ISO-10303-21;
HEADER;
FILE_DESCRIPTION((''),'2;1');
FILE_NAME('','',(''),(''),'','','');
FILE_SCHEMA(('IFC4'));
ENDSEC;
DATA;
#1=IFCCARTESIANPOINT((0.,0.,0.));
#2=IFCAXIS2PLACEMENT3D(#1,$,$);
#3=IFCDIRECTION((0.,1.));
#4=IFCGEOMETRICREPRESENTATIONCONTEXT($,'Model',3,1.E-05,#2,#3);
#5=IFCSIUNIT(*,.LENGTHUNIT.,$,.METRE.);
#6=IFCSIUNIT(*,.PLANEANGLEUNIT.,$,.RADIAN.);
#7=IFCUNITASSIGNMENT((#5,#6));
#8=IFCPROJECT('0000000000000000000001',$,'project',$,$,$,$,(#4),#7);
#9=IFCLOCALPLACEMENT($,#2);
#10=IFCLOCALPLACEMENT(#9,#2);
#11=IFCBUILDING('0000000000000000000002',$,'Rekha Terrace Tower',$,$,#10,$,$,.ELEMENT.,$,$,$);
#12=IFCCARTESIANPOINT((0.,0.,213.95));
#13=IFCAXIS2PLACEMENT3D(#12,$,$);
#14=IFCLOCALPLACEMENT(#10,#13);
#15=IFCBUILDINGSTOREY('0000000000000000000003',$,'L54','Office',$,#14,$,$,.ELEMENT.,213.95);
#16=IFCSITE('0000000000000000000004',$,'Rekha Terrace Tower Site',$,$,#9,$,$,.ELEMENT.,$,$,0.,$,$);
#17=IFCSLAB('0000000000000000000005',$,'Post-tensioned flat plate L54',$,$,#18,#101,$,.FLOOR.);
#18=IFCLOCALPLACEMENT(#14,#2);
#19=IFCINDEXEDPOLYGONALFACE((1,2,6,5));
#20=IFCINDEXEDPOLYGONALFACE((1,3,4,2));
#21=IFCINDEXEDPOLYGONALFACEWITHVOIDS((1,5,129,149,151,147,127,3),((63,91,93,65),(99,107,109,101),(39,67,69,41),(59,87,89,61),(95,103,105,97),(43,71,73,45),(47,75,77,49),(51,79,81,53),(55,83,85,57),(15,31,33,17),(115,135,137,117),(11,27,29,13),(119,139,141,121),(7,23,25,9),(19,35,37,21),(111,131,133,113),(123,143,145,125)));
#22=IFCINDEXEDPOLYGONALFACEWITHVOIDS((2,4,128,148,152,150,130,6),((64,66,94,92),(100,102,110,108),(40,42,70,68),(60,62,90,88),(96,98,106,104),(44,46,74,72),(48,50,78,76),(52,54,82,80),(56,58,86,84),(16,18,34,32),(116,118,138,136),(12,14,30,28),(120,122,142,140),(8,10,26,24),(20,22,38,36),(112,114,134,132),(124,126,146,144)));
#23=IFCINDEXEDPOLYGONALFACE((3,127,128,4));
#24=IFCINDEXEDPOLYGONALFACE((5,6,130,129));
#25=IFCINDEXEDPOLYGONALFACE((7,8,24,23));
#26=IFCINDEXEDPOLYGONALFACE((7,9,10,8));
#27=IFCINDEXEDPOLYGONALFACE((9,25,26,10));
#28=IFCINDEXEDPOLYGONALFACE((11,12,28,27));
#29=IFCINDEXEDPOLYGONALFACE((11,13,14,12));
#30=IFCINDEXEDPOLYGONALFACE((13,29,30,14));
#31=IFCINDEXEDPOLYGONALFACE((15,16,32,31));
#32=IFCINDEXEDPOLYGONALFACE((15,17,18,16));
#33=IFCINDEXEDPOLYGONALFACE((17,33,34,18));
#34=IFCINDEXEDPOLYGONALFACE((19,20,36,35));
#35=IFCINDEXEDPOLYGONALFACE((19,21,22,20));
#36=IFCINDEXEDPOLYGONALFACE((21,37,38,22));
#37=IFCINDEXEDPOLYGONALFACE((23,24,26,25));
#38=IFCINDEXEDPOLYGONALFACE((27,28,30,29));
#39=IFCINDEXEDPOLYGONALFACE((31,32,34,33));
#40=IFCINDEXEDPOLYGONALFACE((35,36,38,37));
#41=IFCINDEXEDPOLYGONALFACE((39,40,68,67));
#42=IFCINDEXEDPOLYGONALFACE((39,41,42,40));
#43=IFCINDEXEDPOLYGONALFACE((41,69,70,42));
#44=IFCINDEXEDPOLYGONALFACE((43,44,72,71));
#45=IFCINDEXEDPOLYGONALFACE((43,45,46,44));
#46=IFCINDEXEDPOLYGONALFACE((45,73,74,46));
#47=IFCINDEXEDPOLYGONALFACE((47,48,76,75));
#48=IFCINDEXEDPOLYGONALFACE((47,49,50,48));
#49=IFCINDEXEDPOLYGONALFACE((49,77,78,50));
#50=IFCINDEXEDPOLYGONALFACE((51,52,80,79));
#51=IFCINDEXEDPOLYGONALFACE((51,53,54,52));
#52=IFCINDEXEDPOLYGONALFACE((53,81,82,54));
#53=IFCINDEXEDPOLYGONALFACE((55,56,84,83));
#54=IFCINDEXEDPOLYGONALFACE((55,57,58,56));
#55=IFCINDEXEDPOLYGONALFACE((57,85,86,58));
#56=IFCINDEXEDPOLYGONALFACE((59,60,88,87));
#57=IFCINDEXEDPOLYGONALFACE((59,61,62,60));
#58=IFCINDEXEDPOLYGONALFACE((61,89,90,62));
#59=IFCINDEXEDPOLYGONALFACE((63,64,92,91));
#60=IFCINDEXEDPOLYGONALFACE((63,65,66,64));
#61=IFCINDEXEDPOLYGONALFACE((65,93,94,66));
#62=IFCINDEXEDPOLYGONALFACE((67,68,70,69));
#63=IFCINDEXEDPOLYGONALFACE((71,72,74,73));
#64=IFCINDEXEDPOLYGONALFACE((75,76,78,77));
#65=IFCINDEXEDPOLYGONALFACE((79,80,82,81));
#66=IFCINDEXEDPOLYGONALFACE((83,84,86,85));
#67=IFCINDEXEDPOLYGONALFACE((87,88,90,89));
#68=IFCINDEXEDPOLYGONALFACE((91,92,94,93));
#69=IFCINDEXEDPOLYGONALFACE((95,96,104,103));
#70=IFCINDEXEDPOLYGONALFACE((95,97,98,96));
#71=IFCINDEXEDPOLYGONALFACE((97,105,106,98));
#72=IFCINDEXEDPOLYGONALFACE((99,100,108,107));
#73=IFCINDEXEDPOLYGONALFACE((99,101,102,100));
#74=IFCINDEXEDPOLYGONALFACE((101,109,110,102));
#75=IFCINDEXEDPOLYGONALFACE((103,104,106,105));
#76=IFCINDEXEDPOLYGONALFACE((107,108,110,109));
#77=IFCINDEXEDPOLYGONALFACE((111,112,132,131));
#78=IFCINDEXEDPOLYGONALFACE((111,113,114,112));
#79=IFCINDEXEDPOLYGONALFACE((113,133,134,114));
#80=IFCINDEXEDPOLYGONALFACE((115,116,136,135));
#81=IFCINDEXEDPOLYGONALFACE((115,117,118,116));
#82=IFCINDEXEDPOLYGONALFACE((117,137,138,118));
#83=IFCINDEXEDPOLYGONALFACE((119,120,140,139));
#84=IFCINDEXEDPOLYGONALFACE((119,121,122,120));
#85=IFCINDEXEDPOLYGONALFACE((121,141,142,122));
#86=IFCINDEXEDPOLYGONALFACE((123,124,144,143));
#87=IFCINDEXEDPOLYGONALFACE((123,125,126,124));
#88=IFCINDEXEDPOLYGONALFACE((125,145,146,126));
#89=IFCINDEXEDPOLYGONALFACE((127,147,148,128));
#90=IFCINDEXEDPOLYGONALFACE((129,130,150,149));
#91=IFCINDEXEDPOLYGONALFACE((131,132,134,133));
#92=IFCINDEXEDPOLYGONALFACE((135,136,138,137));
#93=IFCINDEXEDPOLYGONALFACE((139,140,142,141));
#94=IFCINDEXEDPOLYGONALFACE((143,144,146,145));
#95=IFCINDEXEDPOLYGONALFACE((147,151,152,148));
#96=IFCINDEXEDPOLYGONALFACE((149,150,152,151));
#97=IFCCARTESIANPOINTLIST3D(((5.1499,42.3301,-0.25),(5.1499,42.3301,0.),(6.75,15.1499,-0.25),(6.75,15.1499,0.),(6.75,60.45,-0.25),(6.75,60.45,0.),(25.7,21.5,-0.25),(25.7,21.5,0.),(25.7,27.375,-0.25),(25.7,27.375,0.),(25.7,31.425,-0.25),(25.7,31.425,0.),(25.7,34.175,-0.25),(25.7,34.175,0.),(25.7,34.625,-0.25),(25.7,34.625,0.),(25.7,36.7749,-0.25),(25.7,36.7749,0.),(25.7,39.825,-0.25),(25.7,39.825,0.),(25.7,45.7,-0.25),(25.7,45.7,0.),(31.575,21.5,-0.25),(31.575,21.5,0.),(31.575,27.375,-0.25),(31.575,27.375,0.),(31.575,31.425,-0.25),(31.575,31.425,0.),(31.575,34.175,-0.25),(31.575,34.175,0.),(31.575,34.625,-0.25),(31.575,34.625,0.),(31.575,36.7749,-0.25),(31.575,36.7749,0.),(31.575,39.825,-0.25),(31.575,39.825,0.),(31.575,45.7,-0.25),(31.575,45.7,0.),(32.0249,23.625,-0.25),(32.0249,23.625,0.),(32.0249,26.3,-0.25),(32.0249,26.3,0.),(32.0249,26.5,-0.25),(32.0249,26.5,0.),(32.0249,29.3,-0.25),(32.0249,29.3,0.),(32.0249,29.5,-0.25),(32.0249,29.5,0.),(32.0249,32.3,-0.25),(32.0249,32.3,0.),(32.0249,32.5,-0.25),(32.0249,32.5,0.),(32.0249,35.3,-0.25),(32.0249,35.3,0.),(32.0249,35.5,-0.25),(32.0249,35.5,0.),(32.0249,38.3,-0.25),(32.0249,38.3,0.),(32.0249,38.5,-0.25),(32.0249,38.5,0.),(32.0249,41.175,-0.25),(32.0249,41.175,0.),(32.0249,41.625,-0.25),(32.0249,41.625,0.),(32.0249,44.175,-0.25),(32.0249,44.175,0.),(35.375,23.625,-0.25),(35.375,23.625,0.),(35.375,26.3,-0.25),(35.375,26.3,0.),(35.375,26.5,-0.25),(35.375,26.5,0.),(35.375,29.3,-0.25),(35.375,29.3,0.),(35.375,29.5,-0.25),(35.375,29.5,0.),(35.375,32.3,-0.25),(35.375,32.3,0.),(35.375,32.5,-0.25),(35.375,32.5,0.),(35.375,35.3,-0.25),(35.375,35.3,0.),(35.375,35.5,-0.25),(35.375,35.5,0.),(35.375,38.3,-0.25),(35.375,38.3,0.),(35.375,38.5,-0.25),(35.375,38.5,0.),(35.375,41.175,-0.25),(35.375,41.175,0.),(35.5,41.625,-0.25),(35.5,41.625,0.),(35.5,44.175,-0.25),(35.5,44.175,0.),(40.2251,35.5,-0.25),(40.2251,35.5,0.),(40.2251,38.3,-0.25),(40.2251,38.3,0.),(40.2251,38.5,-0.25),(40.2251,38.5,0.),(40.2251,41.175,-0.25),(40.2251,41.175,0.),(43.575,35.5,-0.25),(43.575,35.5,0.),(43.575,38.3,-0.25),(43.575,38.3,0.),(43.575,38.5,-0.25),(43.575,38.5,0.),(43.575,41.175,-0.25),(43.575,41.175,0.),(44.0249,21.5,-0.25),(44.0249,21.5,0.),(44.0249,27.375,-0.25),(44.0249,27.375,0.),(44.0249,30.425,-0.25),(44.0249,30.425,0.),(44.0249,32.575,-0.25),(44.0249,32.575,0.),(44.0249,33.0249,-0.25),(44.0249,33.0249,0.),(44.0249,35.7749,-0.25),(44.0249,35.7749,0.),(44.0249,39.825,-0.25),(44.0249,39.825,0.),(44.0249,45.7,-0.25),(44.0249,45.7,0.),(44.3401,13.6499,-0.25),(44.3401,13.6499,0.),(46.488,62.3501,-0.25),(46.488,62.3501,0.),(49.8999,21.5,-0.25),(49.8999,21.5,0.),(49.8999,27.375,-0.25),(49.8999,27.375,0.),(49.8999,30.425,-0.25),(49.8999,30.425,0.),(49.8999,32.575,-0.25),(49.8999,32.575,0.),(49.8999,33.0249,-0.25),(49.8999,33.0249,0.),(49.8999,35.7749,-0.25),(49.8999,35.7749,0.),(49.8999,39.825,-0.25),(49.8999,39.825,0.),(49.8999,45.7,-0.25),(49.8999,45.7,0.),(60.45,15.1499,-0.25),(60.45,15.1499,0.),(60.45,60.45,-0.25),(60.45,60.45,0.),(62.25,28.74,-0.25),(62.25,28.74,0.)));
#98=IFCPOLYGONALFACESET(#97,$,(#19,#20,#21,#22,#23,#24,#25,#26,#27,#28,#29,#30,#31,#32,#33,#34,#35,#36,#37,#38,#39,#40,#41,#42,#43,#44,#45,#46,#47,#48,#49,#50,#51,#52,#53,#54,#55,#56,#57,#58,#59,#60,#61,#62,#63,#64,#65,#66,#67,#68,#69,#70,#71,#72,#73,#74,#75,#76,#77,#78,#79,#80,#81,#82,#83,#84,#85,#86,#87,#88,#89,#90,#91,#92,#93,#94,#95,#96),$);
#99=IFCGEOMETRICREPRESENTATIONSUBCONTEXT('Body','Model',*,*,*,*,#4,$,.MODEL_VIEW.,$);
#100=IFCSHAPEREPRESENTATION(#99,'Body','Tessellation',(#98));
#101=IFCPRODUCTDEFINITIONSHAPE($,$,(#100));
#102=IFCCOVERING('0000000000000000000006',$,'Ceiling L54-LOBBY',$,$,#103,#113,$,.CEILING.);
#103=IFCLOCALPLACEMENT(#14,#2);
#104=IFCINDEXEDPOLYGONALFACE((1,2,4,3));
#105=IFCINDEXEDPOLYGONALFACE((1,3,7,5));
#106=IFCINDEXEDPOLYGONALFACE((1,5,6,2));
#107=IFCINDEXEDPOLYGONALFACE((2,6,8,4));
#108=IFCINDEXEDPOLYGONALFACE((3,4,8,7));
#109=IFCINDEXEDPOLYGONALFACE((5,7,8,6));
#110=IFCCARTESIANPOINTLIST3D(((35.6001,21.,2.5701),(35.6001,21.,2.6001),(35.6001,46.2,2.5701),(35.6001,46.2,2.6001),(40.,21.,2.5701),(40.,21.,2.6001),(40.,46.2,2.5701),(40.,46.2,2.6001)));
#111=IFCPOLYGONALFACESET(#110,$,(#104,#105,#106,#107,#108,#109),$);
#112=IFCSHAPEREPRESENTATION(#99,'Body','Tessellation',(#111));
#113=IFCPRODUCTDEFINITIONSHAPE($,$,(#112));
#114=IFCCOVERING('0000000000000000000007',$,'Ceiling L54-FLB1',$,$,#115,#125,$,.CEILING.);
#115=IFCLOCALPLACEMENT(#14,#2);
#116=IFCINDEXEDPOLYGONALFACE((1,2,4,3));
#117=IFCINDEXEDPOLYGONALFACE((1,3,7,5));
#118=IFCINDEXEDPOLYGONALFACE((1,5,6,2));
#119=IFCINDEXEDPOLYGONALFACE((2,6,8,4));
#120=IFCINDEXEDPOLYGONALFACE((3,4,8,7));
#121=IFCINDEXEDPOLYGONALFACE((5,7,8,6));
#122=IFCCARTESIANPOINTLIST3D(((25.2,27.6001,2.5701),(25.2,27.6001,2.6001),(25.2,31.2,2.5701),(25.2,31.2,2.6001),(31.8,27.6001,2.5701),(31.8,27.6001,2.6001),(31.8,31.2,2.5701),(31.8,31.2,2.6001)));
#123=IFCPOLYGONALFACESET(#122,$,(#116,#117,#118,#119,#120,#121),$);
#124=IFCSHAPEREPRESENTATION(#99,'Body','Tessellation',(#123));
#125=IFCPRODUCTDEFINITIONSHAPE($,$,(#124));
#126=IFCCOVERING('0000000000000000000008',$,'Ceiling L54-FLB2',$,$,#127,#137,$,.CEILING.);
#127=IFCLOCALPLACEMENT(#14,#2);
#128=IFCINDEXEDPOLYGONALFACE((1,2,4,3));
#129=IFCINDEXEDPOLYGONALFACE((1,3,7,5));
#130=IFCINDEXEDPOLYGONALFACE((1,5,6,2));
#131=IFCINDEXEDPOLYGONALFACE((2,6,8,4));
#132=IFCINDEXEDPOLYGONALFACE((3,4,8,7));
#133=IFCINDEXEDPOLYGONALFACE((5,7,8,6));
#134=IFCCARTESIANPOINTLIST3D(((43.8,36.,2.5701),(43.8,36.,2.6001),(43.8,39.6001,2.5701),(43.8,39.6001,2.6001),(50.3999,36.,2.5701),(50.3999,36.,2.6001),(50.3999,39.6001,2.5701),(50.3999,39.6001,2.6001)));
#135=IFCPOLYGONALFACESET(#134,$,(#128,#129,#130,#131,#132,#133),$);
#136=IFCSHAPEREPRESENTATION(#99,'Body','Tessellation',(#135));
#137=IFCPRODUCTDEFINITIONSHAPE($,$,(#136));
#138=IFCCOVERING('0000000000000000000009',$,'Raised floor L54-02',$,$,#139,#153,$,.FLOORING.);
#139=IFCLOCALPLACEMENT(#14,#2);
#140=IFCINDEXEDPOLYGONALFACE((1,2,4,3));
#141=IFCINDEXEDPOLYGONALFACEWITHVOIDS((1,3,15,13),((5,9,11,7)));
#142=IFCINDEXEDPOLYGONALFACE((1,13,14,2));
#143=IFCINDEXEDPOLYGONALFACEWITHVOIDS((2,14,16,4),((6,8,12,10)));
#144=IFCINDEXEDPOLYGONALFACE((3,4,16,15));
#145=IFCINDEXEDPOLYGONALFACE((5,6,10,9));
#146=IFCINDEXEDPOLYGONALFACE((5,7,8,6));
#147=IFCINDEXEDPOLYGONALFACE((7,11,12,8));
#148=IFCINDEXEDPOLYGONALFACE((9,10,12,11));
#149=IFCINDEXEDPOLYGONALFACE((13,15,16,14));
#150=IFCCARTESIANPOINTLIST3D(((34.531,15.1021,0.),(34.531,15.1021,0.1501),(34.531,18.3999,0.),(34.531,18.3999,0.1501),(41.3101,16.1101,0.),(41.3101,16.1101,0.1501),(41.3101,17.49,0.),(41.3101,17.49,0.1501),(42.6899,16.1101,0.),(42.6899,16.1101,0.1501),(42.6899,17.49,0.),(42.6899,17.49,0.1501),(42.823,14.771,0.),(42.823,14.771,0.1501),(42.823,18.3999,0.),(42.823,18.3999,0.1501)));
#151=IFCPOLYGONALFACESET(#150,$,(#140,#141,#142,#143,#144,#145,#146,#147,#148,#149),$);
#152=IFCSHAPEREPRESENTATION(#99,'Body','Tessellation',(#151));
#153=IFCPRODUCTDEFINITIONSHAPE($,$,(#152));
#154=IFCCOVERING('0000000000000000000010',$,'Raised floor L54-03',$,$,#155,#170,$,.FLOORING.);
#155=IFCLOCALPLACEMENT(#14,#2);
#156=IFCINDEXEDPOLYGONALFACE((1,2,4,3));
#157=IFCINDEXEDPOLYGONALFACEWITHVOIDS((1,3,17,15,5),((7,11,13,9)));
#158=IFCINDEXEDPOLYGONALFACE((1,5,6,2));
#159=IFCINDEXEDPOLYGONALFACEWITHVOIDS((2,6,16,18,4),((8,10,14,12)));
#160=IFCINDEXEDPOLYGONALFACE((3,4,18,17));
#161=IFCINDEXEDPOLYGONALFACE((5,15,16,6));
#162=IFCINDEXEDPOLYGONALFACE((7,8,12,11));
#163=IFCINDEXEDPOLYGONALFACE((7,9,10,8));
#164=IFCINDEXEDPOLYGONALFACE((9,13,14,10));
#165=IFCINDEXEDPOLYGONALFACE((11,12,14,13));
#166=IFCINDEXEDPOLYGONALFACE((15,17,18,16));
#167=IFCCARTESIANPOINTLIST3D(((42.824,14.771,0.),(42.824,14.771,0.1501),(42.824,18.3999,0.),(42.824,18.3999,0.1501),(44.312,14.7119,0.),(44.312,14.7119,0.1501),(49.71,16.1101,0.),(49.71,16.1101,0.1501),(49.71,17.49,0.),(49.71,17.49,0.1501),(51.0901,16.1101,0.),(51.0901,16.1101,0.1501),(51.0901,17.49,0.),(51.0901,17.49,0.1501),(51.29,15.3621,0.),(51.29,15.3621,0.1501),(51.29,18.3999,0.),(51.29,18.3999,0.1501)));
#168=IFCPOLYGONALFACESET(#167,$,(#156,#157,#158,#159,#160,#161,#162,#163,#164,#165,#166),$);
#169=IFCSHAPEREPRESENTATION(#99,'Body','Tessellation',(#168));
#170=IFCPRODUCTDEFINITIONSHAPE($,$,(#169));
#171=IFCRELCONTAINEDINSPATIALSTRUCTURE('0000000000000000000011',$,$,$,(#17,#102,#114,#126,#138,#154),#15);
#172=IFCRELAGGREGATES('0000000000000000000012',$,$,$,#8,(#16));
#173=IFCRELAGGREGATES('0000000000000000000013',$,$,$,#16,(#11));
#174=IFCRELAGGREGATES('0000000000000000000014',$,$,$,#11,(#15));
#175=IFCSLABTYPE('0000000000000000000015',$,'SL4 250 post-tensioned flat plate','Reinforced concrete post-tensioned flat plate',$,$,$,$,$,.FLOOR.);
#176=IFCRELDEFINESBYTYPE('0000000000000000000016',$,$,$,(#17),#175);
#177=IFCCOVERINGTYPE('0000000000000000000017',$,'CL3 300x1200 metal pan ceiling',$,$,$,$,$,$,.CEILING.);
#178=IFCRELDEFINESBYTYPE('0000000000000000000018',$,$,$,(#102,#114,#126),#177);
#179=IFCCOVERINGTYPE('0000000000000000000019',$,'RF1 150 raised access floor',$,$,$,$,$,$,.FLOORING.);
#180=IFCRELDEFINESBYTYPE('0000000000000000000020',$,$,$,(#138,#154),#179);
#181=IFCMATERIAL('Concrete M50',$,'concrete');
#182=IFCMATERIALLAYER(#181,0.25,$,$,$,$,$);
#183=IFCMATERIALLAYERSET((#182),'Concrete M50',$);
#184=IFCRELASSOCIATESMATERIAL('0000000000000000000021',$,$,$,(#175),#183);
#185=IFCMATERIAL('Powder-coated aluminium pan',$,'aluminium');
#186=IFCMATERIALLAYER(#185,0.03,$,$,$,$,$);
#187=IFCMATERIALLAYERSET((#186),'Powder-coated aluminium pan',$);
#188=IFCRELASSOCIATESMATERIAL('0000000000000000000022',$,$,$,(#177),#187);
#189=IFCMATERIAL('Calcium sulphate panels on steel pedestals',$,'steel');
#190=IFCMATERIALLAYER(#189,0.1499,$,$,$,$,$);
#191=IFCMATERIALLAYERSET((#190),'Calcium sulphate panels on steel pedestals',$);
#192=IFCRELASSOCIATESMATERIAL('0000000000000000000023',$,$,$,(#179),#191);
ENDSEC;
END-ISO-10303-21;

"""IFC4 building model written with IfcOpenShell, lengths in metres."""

from ifc_helpers import new_model, si_unit, direction, frame, origin, place, context, subcontext, project, spatial, polyline, outline, extrude, material, layer, layer_set, type_object, element, save


model = new_model("IFC4")

# Units and contexts
model_context = context("Model", 3, precision=1e-05, world=origin(), true_north=direction((0.0, 1.0)))
body_context = subcontext(model_context, "Body", "Model", "MODEL_VIEW")
ifc_project = project(units=[si_unit("LENGTHUNIT", "METRE"), si_unit("PLANEANGLEUNIT", "RADIAN")], contexts=[model_context])

# Site, building, storey
site_placement = place(None, origin())
site = spatial("IfcSite", under=ifc_project, at=site_placement, Name="Rekha Terrace Tower Site", CompositionType="ELEMENT", RefElevation=0.0)
building_placement = place(site_placement, origin())
building = spatial("IfcBuilding", under=site, at=building_placement, Name="Rekha Terrace Tower", CompositionType="ELEMENT")
storey_placement = place(building_placement, frame((0.0, 0.0, 213.95)))
storey = spatial("IfcBuildingStorey", under=building, at=storey_placement, Name="L54", Description="Office", CompositionType="ELEMENT", Elevation=213.95)

# Slab
ifc_material_1 = material(Name="Concrete M50", Category="concrete")
ifc_layer_1 = layer(ifc_material_1, 0.25)
ifc_layer_set_1 = layer_set([ifc_layer_1], Name="Concrete M50")
slab_type_1 = type_object("IfcSlabType", Name="SL4 250 post-tensioned flat plate", Description="Reinforced concrete post-tensioned flat plate", PredefinedType="FLOOR", material=ifc_layer_set_1)
slab_1_placement = place(storey_placement, frame((0.0, 0.0, -0.25)))
element("IfcSlab", 1, at=slab_1_placement, inside=storey, type_object=slab_type_1, Name="Post-tensioned flat plate L54", PredefinedType="FLOOR", context=body_context, shape_type="SweptSolid", body=[
    extrude(outline(polyline([(5.1499, 42.3301), (6.75, 15.1499), (44.3401, 13.6499), (60.45, 15.1499), (62.25, 28.74), (60.45, 60.45), (46.488, 62.3501), (6.75, 60.45), (5.1499, 42.3301)]), holes=[polyline([(31.575, 27.375), (31.575, 21.5), (25.7, 21.5), (25.7, 27.375), (31.575, 27.375)]), polyline([(35.375, 26.3), (35.375, 23.625), (32.0249, 23.625), (32.0249, 26.3), (35.375, 26.3)]), polyline([(35.375, 29.3), (35.375, 26.5), (32.0249, 26.5), (32.0249, 29.3), (35.375, 29.3)]), polyline([(35.375, 32.3), (35.375, 29.5), (32.0249, 29.5), (32.0249, 32.3), (35.375, 32.3)]), polyline([(31.575, 34.175), (31.575, 31.425), (25.7, 31.425), (25.7, 34.175), (31.575, 34.175)]), polyline([(35.375, 35.3), (35.375, 32.5), (32.0249, 32.5), (32.0249, 35.3), (35.375, 35.3)]), polyline([(31.575, 36.7749), (31.575, 34.625), (25.7, 34.625), (25.7, 36.7749), (31.575, 36.7749)]), polyline([(35.375, 38.3), (35.375, 35.5), (32.0249, 35.5), (32.0249, 38.3), (35.375, 38.3)]), polyline([(31.575, 45.7), (31.575, 39.825), (25.7, 39.825), (25.7, 45.7), (31.575, 45.7)]), polyline([(49.8999, 27.375), (49.8999, 21.5), (44.0249, 21.5), (44.0249, 27.375), (49.8999, 27.375)]), polyline([(49.8999, 32.575), (49.8999, 30.425), (44.0249, 30.425), (44.0249, 32.575), (49.8999, 32.575)]), polyline([(49.8999, 35.7749), (49.8999, 33.0249), (44.0249, 33.0249), (44.0249, 35.7749), (49.8999, 35.7749)]), polyline([(43.575, 38.3), (43.575, 35.5), (40.2251, 35.5), (40.2251, 38.3), (43.575, 38.3)]), polyline([(35.375, 41.175), (35.375, 38.5), (32.0249, 38.5), (32.0249, 41.175), (35.375, 41.175)]), polyline([(43.575, 41.175), (43.575, 38.5), (40.2251, 38.5), (40.2251, 41.175), (43.575, 41.175)]), polyline([(49.8999, 39.825), (44.0249, 39.825), (44.0249, 45.7), (49.8999, 45.7), (49.8999, 39.825)]), polyline([(35.5, 41.625), (32.0249, 41.625), (32.0249, 44.175), (35.5, 44.175), (35.5, 41.625)])]), origin(), (0.0, 0.0, 1.0), 0.25),
])

# Coverings
ifc_material_2 = material(Name="Powder-coated aluminium pan", Category="aluminium")
ifc_layer_2 = layer(ifc_material_2, 0.03)
ifc_layer_set_2 = layer_set([ifc_layer_2], Name="Powder-coated aluminium pan")
covering_type_1 = type_object("IfcCoveringType", Name="CL3 300x1200 metal pan ceiling", PredefinedType="CEILING", material=ifc_layer_set_2)
covering_1_placement = place(storey_placement, frame((0.0, 0.0, 2.5701)))
element("IfcCovering", 2, at=covering_1_placement, inside=storey, type_object=covering_type_1, Name="Ceiling L54-LOBBY", PredefinedType="CEILING", context=body_context, shape_type="SweptSolid", body=[
    extrude(outline(polyline([(40.0, 46.2), (35.6001, 46.2), (35.6001, 21.0), (40.0, 21.0), (40.0, 46.2)])), origin(), (0.0, 0.0, 1.0), 0.03),
])
covering_2_placement = place(storey_placement, frame((0.0, 0.0, 2.5701)))
element("IfcCovering", 3, at=covering_2_placement, inside=storey, type_object=covering_type_1, Name="Ceiling L54-FLB1", PredefinedType="CEILING", context=body_context, shape_type="SweptSolid", body=[
    extrude(outline(polyline([(31.8, 31.2), (25.2, 31.2), (25.2, 27.6001), (31.8, 27.6001), (31.8, 31.2)])), origin(), (0.0, 0.0, 1.0), 0.03),
])
covering_3_placement = place(storey_placement, frame((0.0, 0.0, 2.5701)))
element("IfcCovering", 4, at=covering_3_placement, inside=storey, type_object=covering_type_1, Name="Ceiling L54-FLB2", PredefinedType="CEILING", context=body_context, shape_type="SweptSolid", body=[
    extrude(outline(polyline([(50.3999, 39.6001), (43.8, 39.6001), (43.8, 36.0), (50.3999, 36.0), (50.3999, 39.6001)])), origin(), (0.0, 0.0, 1.0), 0.03),
])
ifc_material_3 = material(Name="Calcium sulphate panels on steel pedestals", Category="steel")
ifc_layer_3 = layer(ifc_material_3, 0.1499)
ifc_layer_set_3 = layer_set([ifc_layer_3], Name="Calcium sulphate panels on steel pedestals")
covering_type_2 = type_object("IfcCoveringType", Name="RF1 150 raised access floor", PredefinedType="FLOORING", material=ifc_layer_set_3)
covering_4_placement = place(storey_placement, origin())
element("IfcCovering", 5, at=covering_4_placement, inside=storey, type_object=covering_type_2, Name="Raised floor L54-02", PredefinedType="FLOORING", context=body_context, shape_type="SweptSolid", body=[
    extrude(outline(polyline([(34.531, 18.3999), (34.531, 15.1021), (42.823, 14.771), (42.823, 18.3999), (34.531, 18.3999)]), holes=[polyline([(42.6899, 17.49), (42.6899, 16.1101), (41.3101, 16.1101), (41.3101, 17.49), (42.6899, 17.49)])]), origin(), (0.0, 0.0, 1.0), 0.1501),
])
covering_5_placement = place(storey_placement, origin())
element("IfcCovering", 6, at=covering_5_placement, inside=storey, type_object=covering_type_2, Name="Raised floor L54-03", PredefinedType="FLOORING", context=body_context, shape_type="SweptSolid", body=[
    extrude(outline(polyline([(42.824, 14.771), (44.312, 14.7119), (51.29, 15.3621), (51.29, 18.3999), (42.824, 18.3999), (42.824, 14.771)]), holes=[polyline([(51.0901, 16.1101), (49.71, 16.1101), (49.71, 17.49), (51.0901, 17.49), (51.0901, 16.1101)])]), origin(), (0.0, 0.0, 1.0), 0.1501),
])

save(model, "model.ifc")
